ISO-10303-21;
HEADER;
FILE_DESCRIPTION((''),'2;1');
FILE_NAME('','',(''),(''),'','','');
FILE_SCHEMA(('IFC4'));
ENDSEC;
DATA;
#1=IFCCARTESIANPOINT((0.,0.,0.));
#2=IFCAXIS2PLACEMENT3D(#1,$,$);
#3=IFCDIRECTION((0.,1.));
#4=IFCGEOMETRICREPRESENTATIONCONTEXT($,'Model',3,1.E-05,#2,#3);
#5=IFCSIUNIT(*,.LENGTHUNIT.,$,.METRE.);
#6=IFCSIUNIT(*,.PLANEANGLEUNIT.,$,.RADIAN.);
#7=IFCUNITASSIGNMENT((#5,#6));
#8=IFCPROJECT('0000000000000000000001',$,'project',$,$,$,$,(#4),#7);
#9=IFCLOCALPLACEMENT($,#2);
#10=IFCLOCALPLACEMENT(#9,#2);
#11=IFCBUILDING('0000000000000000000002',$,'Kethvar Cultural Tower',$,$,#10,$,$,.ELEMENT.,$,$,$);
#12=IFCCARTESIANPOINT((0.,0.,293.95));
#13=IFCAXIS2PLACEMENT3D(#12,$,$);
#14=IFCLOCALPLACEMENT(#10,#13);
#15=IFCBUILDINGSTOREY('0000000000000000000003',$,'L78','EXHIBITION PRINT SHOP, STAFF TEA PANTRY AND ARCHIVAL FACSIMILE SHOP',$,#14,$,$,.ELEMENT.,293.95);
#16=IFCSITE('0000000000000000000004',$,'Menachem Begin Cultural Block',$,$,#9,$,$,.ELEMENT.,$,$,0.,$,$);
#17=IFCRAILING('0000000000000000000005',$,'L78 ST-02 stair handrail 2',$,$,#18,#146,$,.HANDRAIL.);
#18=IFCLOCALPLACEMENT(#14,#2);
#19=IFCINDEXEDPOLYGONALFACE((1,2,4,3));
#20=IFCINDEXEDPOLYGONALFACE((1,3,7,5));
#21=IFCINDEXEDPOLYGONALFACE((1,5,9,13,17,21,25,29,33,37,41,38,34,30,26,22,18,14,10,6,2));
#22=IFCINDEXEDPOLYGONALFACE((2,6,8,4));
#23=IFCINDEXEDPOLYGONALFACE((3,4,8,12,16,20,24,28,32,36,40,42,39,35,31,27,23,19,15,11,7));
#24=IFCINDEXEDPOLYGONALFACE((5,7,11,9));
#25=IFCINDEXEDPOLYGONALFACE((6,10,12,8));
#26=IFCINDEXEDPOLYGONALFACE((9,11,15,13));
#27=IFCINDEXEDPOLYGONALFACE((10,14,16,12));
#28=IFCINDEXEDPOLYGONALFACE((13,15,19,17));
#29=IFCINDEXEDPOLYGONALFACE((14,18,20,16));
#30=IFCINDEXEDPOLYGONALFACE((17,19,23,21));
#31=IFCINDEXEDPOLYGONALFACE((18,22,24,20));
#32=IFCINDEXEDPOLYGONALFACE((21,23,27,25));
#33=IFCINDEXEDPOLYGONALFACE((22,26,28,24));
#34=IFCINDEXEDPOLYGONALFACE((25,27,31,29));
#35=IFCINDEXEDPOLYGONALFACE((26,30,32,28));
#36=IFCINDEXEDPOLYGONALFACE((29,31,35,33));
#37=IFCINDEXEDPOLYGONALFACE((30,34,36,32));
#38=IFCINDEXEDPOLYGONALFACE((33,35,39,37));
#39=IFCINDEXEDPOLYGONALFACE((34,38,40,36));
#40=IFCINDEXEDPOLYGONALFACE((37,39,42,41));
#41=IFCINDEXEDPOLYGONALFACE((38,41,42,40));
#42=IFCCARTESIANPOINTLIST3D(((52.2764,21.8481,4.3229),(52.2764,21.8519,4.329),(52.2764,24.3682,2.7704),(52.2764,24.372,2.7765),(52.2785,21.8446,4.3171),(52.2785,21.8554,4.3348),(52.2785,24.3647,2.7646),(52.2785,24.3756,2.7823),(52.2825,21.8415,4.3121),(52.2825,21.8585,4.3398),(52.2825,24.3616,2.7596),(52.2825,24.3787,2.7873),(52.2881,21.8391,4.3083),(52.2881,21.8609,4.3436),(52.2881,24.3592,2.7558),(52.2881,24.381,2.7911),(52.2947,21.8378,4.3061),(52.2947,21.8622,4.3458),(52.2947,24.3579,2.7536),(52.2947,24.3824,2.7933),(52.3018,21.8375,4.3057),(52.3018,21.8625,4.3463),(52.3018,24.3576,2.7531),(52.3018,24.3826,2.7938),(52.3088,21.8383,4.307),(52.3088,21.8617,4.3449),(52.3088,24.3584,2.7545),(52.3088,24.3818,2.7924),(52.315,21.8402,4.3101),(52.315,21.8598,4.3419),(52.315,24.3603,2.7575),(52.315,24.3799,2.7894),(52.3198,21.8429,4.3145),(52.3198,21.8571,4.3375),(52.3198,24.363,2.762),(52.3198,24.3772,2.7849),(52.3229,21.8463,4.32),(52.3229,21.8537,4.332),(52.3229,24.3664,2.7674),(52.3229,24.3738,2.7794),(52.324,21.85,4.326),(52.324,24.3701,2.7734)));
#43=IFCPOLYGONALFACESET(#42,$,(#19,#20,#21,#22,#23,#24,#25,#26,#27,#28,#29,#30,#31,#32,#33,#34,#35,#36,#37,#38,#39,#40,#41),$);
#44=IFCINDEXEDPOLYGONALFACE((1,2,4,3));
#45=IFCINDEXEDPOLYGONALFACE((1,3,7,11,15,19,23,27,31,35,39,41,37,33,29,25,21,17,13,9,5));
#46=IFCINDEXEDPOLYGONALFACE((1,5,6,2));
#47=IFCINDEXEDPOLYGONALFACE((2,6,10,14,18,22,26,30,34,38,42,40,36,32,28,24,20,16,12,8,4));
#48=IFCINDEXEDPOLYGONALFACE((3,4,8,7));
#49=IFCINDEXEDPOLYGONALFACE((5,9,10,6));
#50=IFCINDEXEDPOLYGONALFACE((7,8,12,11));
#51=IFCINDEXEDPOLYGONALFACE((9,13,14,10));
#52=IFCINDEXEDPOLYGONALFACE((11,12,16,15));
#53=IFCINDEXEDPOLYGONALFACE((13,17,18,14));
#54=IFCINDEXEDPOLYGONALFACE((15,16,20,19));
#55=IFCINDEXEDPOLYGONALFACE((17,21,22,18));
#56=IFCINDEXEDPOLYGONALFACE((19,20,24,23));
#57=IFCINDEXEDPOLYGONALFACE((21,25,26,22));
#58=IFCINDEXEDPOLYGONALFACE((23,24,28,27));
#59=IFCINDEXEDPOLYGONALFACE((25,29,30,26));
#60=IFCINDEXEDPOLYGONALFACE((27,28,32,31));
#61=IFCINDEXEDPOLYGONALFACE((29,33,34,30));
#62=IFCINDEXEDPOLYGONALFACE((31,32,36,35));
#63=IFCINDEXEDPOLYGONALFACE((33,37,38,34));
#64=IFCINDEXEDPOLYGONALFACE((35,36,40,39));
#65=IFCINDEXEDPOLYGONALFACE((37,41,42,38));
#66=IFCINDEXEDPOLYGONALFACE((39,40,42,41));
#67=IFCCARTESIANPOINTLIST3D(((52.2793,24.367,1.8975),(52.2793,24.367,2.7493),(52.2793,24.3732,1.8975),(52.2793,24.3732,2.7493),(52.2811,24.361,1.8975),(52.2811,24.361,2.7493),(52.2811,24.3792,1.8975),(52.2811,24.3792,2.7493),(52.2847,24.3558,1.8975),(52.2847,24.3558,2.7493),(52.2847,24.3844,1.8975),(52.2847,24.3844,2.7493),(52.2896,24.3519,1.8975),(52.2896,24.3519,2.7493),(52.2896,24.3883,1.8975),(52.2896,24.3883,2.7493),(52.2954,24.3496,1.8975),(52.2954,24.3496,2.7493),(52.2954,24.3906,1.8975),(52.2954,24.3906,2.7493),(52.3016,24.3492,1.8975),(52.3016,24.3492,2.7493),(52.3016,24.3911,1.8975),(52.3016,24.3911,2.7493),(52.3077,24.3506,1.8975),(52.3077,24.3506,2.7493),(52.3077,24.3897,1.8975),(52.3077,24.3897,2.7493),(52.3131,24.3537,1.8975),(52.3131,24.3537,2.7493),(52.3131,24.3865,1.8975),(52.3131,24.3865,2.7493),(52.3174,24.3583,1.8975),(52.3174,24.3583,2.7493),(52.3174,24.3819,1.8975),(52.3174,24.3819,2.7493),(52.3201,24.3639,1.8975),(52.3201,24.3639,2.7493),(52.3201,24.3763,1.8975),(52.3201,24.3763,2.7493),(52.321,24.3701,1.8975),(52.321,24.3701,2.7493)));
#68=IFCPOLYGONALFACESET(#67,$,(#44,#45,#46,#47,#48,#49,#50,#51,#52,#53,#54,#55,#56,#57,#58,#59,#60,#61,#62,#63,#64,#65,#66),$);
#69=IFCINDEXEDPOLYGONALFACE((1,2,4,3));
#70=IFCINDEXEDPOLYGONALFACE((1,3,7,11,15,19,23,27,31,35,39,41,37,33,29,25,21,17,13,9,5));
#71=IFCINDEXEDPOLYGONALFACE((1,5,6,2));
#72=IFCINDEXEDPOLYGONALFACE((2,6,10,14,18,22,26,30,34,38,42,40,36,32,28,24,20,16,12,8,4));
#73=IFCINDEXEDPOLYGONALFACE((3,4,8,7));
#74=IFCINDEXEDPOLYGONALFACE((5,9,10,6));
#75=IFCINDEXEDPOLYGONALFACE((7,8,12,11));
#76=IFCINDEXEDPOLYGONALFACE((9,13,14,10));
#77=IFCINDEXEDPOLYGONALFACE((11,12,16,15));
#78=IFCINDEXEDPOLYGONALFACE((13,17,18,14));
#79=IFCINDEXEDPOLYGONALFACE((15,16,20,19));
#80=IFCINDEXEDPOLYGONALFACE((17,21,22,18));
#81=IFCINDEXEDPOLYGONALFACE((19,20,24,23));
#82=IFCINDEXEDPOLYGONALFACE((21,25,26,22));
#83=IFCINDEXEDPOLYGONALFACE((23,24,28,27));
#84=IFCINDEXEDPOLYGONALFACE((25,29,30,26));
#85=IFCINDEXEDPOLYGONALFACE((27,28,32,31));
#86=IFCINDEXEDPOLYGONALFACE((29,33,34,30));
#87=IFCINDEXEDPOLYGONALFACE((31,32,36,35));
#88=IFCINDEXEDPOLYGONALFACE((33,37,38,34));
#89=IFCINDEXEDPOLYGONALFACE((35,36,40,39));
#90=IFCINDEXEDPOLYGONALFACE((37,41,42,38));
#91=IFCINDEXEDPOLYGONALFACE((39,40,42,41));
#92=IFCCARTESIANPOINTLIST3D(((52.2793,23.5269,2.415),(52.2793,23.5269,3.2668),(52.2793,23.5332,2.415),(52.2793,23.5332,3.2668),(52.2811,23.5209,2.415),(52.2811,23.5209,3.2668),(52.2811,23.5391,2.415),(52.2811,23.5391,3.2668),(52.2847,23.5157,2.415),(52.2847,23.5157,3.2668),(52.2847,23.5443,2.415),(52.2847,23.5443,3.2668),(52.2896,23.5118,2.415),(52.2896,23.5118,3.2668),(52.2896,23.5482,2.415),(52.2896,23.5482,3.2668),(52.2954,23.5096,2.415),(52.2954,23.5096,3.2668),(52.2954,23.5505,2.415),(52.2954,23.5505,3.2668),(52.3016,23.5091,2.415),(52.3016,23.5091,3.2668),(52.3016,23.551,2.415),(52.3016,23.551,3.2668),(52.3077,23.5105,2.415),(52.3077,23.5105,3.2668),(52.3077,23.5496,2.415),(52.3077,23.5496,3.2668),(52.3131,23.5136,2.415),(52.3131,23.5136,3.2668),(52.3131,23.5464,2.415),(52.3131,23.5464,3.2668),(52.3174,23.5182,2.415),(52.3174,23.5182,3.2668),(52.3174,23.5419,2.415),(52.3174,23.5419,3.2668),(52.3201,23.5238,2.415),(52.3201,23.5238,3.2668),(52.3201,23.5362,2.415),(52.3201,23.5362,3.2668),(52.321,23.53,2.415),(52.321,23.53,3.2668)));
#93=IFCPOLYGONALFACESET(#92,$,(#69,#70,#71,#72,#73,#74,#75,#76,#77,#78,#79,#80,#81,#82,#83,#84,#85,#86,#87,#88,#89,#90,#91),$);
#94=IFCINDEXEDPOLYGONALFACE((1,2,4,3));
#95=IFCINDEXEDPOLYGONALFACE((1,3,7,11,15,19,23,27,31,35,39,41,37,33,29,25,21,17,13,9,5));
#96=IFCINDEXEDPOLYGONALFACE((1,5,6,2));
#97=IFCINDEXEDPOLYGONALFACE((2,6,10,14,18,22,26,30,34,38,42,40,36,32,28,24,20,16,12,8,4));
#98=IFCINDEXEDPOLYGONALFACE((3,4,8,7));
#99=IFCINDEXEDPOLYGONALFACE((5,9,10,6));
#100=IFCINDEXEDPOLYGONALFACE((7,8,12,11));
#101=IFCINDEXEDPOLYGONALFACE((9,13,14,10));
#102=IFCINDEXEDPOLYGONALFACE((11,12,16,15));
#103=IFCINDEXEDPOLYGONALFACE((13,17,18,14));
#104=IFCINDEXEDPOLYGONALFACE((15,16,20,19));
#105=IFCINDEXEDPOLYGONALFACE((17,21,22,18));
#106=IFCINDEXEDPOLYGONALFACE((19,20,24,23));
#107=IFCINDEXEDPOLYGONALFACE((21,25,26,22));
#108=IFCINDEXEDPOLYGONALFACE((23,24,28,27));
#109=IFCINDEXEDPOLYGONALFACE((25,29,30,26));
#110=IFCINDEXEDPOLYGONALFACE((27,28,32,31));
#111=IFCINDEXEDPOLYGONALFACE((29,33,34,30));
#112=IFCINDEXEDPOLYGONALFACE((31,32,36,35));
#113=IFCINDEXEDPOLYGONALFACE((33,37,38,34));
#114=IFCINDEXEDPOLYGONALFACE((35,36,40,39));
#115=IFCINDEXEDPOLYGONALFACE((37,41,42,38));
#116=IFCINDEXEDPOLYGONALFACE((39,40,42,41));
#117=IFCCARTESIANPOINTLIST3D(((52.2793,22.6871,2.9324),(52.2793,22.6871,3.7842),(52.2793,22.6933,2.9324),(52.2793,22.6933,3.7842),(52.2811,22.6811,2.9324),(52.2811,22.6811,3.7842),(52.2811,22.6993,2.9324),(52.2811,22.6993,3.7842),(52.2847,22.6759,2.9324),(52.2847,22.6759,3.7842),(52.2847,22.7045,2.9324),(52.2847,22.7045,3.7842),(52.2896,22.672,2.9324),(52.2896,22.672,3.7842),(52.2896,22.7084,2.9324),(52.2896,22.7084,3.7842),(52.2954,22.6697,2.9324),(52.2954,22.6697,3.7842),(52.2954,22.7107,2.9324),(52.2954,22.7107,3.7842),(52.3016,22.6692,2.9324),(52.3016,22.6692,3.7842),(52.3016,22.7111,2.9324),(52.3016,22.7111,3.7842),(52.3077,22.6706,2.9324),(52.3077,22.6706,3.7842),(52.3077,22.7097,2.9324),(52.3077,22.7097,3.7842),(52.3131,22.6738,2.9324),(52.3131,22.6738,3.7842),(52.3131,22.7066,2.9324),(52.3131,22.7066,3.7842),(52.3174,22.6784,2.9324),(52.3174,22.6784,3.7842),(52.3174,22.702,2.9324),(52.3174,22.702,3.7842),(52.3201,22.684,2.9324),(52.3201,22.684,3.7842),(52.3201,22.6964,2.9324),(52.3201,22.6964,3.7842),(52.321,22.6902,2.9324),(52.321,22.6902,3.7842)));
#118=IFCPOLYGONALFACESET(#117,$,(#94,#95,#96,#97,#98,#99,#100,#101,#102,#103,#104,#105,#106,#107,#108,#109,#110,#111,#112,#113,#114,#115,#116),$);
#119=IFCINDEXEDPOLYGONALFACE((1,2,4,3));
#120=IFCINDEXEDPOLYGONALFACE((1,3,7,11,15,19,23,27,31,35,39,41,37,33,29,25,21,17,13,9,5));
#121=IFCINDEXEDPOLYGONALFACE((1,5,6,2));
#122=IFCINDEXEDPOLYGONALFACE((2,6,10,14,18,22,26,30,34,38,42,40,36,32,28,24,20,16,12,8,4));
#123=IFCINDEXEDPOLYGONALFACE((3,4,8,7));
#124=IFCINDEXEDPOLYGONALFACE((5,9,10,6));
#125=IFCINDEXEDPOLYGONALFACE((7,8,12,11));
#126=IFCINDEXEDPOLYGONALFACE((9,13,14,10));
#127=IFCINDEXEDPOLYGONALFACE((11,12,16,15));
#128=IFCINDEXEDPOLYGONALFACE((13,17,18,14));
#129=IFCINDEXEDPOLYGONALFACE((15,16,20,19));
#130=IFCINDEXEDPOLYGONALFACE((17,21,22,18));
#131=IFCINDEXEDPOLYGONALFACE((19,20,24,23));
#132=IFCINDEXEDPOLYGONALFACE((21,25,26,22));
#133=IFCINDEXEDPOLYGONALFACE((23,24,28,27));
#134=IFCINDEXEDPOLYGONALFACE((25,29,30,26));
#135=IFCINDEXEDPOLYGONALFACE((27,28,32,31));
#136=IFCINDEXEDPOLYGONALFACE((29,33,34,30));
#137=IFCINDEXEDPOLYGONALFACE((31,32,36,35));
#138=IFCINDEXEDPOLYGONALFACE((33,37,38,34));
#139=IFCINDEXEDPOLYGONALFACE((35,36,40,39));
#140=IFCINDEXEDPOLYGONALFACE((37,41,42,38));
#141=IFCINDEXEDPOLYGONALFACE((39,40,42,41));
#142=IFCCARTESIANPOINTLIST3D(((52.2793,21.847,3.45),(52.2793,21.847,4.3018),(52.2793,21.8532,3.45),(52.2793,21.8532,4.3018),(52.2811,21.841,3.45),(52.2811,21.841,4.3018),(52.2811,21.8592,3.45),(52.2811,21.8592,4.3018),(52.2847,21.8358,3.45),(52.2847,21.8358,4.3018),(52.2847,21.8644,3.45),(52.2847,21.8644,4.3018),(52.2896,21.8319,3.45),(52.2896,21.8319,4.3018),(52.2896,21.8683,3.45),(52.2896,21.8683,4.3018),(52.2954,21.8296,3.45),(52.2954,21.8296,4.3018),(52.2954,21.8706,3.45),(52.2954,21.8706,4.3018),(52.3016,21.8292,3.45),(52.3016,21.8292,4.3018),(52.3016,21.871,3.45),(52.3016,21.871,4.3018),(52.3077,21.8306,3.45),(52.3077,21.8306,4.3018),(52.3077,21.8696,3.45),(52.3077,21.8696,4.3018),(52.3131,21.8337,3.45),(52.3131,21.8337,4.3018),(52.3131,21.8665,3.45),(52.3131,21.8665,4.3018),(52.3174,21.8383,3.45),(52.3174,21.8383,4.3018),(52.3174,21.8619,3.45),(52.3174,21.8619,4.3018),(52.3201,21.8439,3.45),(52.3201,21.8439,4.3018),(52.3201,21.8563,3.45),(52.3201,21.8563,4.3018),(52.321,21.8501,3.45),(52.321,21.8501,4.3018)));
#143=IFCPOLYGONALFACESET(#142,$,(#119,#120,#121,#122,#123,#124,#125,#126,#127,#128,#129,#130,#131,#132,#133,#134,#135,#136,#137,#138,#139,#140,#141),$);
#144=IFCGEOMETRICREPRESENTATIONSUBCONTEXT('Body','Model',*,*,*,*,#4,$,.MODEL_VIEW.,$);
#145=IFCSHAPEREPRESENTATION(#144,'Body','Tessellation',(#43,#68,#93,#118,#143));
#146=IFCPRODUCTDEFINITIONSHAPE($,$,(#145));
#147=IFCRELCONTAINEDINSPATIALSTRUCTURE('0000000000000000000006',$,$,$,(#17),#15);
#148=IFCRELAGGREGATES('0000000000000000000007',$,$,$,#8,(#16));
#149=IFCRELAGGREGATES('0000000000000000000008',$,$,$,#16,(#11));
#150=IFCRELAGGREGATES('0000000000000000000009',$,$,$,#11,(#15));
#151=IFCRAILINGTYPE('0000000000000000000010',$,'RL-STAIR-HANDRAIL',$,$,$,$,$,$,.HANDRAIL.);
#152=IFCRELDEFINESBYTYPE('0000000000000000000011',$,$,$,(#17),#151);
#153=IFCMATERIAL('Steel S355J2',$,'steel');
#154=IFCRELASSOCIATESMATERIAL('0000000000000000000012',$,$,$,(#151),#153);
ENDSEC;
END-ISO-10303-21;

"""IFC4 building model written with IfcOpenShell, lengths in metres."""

from ifc_helpers import new_model, si_unit, direction, frame, origin, origin_2d, place, context, subcontext, project, spatial, circle, extrude, material, type_object, element, save


model = new_model("IFC4")

# Units and contexts
model_context = context("Model", 3, precision=1e-05, world=origin(), true_north=direction((0.0, 1.0)))
body_context = subcontext(model_context, "Body", "Model", "MODEL_VIEW")
ifc_project = project(units=[si_unit("LENGTHUNIT", "METRE"), si_unit("PLANEANGLEUNIT", "RADIAN")], contexts=[model_context])

# Site, building, storey
site_placement = place(None, origin())
site = spatial("IfcSite", under=ifc_project, at=site_placement, Name="Menachem Begin Cultural Block", CompositionType="ELEMENT", RefElevation=0.0)
building_placement = place(site_placement, origin())
building = spatial("IfcBuilding", under=site, at=building_placement, Name="Kethvar Cultural Tower", CompositionType="ELEMENT")
storey_placement = place(building_placement, frame((0.0, 0.0, 293.95)))
storey = spatial("IfcBuildingStorey", under=building, at=storey_placement, Name="L78", Description="EXHIBITION PRINT SHOP, STAFF TEA PANTRY AND ARCHIVAL FACSIMILE SHOP", CompositionType="ELEMENT", Elevation=293.95)

# Shared definitions
ifc_material_1 = material(Name="Steel S355J2", Category="steel")

# Railing
railing_type_1 = type_object("IfcRailingType", Name="RL-STAIR-HANDRAIL", PredefinedType="HANDRAIL", material=ifc_material_1)
railing_1_placement = place(storey_placement, frame((52.3, 24.3701, 1.8975)))
element("IfcRailing", 1, at=railing_1_placement, inside=storey, type_object=railing_type_1, Name="L78 ST-02 stair handrail 2", PredefinedType="HANDRAIL", context=body_context, shape_type="SweptSolid", body=[
    extrude(circle(Radius=0.0239, at=origin_2d()), frame((0.0, 0.0, 0.876), z_axis=(0.0, -0.8514, 0.524516), x_axis=(1.0, 0.0, 0.0)), (0.0, 0.0, 1.0), 2.96),
    extrude(circle(Radius=0.021, at=origin_2d()), origin(), (0.0, 0.0, 1.0), 0.8518),
    extrude(circle(Radius=0.021, at=origin_2d()), frame((0.0, -0.8401, 0.5176)), (0.0, 0.0, 1.0), 0.8518),
    extrude(circle(Radius=0.021, at=origin_2d()), frame((0.0, -1.6799, 1.0349)), (0.0, 0.0, 1.0), 0.8518),
    extrude(circle(Radius=0.021, at=origin_2d()), frame((0.0, -2.52, 1.5525)), (0.0, 0.0, 1.0), 0.8518),
])

save(model, "model.ifc")
